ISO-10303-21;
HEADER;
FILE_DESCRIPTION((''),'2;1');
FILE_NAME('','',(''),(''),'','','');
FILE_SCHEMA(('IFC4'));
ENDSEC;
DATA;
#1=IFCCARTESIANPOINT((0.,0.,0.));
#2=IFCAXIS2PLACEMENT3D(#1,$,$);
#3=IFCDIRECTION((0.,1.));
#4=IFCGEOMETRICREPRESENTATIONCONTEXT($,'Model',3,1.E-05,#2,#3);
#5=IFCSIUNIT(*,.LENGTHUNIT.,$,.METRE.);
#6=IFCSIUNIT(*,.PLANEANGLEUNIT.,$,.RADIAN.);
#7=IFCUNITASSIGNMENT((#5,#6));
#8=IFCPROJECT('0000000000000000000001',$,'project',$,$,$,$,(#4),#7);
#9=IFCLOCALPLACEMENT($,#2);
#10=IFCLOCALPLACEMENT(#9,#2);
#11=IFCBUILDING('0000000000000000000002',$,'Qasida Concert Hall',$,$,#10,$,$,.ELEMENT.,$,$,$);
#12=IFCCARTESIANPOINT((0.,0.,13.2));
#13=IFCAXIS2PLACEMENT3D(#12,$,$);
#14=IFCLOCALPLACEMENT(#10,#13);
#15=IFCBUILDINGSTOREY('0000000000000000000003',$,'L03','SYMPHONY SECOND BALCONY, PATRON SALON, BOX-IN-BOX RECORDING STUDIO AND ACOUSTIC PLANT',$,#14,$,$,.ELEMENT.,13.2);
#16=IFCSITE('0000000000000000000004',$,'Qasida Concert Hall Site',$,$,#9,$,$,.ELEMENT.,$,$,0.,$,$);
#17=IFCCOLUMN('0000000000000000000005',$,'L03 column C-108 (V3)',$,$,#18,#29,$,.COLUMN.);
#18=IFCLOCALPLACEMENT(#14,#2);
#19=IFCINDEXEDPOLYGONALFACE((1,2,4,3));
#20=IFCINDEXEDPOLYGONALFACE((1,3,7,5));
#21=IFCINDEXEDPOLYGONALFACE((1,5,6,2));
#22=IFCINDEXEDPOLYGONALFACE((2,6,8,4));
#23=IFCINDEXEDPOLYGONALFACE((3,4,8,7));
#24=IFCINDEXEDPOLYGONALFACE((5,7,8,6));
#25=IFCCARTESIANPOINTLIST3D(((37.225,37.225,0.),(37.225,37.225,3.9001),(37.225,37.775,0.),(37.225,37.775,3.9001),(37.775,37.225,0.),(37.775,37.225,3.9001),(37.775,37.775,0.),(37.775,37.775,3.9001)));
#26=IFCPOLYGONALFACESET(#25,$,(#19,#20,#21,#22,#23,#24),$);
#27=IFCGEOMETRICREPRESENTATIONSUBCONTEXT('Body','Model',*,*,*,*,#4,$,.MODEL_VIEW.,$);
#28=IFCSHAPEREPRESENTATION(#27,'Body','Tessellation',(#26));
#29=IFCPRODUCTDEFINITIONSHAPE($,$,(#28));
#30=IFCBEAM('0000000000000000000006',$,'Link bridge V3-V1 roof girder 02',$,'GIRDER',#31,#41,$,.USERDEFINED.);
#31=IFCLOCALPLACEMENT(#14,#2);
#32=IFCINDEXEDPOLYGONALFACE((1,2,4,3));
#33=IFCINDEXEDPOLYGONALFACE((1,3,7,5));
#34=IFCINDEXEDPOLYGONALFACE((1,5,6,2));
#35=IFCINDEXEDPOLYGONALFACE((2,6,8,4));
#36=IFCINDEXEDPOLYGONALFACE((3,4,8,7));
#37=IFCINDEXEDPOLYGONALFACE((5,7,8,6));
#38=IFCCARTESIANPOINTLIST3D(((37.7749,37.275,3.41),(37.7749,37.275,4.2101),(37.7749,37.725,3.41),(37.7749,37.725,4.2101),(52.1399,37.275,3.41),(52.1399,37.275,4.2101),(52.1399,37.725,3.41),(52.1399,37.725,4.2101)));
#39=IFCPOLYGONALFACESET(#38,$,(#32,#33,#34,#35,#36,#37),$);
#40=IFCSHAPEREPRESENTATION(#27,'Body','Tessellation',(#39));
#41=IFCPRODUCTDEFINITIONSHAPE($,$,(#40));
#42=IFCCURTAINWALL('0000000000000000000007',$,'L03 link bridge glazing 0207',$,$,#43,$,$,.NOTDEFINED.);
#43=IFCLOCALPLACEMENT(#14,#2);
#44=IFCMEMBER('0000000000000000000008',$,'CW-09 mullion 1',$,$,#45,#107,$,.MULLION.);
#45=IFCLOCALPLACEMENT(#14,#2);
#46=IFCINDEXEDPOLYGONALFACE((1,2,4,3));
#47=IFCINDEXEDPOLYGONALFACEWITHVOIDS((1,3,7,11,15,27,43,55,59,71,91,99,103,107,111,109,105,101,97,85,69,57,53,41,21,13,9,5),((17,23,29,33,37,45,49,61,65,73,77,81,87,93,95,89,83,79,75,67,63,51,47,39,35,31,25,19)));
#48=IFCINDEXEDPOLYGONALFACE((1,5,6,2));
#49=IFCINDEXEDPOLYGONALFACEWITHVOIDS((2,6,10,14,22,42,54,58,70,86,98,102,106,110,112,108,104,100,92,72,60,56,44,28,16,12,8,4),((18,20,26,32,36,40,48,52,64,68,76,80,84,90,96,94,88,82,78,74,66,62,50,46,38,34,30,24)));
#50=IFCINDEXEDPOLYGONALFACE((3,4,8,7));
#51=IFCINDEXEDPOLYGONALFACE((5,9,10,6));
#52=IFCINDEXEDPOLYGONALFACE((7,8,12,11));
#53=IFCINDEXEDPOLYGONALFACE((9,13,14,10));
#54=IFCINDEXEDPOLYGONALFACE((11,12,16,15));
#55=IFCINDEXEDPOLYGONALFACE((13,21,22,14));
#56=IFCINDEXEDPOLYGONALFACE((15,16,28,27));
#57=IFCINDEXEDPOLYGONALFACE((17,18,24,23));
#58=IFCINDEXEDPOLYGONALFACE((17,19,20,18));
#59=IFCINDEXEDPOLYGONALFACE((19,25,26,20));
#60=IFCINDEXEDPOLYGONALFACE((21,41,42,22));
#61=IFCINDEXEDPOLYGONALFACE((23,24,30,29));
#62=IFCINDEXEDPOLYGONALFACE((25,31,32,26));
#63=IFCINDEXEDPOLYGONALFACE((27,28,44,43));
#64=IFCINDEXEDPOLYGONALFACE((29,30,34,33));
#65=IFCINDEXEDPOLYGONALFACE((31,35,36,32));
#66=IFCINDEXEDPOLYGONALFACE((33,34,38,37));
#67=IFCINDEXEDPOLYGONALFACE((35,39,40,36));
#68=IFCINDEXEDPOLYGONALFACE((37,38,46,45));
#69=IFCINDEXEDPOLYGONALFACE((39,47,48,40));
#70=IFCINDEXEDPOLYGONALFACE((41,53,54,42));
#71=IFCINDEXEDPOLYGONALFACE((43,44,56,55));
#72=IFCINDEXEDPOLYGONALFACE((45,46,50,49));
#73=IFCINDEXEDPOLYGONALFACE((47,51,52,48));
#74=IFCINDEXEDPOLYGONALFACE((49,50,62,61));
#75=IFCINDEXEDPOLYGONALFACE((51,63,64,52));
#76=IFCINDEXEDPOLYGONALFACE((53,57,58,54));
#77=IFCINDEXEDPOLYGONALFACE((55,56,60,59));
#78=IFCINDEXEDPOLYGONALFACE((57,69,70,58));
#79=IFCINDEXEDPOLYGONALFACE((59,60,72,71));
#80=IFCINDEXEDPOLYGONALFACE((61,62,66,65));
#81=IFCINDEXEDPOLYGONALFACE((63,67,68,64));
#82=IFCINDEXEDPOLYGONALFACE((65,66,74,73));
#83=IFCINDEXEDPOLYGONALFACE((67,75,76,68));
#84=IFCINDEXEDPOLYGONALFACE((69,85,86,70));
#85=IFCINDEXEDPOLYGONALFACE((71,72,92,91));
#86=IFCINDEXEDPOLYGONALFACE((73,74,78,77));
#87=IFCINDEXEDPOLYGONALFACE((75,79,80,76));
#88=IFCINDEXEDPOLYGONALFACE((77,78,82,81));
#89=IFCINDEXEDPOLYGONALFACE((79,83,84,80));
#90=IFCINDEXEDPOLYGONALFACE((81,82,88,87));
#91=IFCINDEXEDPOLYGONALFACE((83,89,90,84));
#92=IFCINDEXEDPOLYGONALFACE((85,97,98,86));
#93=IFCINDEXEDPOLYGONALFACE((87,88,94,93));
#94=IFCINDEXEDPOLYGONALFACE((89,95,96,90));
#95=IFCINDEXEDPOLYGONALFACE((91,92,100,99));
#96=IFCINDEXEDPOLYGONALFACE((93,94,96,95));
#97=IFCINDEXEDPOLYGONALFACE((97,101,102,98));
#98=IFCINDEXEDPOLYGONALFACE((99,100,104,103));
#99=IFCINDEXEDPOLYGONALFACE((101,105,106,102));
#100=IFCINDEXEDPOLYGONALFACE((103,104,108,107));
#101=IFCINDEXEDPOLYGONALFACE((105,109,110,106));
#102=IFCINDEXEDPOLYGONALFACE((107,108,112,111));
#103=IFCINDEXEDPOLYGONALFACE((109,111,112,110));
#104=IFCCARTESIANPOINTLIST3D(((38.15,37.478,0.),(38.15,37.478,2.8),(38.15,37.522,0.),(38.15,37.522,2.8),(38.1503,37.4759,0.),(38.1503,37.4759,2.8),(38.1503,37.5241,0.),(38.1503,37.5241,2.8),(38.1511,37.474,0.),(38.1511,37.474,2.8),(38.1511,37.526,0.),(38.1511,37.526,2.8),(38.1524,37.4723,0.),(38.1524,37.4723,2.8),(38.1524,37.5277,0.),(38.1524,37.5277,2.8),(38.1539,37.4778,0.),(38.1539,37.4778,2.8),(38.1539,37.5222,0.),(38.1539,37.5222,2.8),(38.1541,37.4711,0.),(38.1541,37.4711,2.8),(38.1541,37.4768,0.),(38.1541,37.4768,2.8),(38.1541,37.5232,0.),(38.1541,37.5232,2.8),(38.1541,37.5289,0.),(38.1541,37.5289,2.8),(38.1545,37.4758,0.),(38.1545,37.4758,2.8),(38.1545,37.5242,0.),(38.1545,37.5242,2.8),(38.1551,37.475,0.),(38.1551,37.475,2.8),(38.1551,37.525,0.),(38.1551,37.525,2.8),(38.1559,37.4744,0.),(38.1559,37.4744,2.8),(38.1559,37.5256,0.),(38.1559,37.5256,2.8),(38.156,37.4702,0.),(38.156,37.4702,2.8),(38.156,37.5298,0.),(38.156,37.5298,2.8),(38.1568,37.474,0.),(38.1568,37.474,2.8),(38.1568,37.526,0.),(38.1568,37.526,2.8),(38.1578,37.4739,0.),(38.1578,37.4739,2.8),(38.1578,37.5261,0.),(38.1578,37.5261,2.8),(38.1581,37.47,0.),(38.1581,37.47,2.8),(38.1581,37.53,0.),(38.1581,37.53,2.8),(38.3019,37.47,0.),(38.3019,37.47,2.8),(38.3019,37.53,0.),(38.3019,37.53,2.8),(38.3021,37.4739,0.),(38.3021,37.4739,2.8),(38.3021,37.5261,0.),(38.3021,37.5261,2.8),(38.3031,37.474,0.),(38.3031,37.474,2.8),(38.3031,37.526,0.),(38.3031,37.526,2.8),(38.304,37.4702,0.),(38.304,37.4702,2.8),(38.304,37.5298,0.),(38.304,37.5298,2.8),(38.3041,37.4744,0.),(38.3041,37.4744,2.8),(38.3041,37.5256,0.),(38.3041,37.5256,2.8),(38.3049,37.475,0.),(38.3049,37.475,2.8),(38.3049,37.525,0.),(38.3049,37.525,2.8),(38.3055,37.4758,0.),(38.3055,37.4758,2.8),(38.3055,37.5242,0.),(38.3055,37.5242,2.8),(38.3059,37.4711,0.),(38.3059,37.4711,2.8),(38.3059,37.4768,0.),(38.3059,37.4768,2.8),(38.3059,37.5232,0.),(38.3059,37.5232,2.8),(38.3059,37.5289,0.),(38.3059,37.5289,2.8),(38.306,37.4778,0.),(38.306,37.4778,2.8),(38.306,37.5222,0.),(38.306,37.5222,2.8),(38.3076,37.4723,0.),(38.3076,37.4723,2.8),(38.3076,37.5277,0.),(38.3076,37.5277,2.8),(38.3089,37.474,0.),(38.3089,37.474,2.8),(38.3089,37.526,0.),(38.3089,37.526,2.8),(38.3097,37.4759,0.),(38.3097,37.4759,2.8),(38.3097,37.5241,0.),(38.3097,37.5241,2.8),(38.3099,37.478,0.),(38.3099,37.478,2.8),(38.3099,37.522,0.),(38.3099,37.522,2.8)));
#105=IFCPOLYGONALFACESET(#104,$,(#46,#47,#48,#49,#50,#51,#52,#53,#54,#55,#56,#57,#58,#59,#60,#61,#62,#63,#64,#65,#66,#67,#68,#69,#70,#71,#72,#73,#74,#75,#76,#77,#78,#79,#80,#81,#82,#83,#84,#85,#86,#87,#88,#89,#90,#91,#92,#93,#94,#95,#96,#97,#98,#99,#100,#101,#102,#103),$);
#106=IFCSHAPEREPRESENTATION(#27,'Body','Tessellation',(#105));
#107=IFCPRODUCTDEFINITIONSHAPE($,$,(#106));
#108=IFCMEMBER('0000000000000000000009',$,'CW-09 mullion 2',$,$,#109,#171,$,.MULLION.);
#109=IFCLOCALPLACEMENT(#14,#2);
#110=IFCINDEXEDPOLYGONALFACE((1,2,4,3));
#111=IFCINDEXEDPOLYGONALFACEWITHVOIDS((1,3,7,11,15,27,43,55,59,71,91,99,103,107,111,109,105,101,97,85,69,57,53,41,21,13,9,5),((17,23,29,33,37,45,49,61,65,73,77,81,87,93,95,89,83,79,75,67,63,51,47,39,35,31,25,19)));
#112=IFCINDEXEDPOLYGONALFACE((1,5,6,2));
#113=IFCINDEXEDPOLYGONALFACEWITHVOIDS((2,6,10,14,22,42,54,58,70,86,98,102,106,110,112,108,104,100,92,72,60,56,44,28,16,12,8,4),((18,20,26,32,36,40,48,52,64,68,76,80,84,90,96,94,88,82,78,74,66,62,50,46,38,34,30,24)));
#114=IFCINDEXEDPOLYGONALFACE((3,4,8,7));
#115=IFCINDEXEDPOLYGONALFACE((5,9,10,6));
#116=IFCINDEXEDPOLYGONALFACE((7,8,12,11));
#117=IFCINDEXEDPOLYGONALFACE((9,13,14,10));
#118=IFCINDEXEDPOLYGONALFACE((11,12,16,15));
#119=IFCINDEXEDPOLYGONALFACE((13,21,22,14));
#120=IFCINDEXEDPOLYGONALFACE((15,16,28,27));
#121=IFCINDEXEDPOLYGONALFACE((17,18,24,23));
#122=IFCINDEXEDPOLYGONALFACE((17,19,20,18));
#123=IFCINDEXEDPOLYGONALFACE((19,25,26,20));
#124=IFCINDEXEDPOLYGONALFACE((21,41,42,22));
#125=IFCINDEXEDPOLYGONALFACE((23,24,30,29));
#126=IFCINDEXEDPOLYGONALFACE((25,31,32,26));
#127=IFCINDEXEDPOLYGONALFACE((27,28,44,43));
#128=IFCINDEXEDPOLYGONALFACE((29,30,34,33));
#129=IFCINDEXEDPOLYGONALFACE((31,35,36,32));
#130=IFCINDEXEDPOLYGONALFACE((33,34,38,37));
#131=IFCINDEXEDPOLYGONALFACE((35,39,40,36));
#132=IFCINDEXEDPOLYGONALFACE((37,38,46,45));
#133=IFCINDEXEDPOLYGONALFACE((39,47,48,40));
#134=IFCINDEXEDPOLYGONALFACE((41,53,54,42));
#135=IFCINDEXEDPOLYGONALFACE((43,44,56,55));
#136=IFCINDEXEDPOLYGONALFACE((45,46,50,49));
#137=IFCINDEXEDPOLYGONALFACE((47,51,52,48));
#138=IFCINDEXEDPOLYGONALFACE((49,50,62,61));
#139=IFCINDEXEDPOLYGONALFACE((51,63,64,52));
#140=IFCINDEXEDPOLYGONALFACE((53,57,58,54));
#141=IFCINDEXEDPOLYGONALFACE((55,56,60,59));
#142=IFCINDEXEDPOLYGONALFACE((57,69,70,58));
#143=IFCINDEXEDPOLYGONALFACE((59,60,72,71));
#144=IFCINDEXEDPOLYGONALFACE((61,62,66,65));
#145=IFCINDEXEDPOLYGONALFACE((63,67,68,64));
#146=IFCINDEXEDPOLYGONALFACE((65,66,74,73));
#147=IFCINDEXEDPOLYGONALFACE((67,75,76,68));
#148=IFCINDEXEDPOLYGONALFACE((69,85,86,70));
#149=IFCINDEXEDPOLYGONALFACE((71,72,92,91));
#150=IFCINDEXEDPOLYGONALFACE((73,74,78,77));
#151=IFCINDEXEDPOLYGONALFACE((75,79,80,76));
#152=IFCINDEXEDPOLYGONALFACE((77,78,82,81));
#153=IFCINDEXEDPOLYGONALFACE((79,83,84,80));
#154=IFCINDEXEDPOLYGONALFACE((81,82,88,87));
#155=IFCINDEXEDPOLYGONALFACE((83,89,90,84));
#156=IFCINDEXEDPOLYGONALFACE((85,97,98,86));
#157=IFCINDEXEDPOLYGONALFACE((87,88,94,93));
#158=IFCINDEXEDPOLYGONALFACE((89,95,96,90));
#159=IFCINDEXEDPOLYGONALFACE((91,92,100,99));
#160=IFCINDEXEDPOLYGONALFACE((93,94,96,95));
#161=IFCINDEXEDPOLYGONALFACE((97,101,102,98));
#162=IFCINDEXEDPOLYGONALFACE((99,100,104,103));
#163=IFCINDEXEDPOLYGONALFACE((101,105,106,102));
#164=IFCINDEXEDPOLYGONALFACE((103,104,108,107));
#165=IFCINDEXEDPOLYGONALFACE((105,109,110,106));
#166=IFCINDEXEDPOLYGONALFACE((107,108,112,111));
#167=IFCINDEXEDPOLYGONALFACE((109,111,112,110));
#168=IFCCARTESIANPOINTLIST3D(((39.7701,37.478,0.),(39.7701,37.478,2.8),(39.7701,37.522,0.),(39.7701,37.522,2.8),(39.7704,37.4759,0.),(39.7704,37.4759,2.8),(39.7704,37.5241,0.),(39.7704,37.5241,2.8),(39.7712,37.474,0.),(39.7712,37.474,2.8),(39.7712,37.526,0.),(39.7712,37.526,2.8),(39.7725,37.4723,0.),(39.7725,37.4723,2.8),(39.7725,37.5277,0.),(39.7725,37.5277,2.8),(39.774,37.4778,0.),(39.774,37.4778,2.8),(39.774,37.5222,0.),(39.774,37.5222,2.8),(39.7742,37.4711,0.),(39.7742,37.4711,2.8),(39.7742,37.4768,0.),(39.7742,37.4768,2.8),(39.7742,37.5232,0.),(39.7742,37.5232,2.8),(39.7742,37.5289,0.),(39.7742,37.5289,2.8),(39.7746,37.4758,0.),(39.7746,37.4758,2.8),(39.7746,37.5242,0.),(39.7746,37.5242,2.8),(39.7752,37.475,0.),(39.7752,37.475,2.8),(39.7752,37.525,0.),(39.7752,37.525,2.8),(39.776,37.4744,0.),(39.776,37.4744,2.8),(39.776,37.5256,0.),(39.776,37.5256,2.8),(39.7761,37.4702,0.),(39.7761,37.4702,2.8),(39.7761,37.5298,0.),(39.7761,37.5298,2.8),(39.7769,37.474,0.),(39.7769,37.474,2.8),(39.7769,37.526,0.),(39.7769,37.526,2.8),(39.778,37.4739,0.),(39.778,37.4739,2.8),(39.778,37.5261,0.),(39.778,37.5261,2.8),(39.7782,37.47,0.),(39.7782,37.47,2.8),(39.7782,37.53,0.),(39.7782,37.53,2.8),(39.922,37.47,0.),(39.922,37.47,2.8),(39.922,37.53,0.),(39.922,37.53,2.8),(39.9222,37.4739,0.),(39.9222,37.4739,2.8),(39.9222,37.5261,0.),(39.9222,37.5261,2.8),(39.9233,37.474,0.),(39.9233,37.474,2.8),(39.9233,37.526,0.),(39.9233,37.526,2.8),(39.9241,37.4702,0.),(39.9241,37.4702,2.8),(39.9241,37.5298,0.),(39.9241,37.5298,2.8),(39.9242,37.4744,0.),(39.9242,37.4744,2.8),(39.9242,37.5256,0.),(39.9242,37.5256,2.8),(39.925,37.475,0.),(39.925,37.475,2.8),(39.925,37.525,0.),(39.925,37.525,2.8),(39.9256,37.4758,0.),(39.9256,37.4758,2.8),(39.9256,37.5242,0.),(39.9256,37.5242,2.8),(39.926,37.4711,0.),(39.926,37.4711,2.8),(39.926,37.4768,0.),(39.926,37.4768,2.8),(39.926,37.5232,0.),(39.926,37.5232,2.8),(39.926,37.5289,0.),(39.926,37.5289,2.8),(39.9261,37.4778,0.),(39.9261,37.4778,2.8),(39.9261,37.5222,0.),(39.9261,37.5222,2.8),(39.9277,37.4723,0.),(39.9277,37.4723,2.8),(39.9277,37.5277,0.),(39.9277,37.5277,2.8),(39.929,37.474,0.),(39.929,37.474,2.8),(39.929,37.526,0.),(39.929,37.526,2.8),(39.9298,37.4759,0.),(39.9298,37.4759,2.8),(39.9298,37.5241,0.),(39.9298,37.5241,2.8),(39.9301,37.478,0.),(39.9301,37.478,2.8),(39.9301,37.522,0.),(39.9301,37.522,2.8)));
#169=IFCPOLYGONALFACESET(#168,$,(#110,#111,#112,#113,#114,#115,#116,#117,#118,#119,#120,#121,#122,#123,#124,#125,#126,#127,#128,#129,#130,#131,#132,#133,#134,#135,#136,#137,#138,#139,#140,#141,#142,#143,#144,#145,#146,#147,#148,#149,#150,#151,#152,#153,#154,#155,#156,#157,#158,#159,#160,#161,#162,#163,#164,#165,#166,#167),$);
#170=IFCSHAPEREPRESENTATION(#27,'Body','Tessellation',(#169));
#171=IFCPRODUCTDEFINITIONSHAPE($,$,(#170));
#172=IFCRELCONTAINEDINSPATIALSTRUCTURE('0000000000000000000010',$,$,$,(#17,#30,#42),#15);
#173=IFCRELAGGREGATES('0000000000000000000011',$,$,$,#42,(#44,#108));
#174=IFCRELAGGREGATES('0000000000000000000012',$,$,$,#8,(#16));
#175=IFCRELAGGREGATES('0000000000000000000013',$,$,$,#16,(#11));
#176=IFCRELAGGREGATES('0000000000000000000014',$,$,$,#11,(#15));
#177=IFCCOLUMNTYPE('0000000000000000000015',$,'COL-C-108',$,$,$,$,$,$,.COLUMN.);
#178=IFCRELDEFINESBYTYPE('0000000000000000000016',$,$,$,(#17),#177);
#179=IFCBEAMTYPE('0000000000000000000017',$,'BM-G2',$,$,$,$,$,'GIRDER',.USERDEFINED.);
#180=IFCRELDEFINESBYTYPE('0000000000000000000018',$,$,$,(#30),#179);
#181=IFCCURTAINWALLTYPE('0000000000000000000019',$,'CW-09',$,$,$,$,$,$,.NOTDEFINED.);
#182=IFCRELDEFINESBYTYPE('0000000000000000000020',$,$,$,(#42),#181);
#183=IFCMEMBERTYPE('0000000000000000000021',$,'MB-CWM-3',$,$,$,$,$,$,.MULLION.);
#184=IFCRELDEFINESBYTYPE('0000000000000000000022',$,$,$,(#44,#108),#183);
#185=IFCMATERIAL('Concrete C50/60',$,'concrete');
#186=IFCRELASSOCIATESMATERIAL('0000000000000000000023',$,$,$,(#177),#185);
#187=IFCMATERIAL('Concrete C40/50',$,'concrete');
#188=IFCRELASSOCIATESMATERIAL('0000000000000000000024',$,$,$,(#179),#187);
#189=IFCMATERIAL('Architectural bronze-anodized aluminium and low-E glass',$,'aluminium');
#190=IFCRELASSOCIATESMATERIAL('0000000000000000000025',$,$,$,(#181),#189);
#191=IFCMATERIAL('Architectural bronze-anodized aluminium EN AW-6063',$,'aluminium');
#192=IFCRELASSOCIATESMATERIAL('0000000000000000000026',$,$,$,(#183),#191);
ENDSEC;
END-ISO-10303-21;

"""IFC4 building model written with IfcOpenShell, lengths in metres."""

from ifc_helpers import new_model, si_unit, direction, frame, origin, origin_2d, place, context, subcontext, project, spatial, rectangle, hollow_rectangle, extrude, material, material_profile, profile_set, type_object, element, aggregate, save


model = new_model("IFC4")

# Units and contexts
model_context = context("Model", 3, precision=1e-05, world=origin(), true_north=direction((0.0, 1.0)))
body_context = subcontext(model_context, "Body", "Model", "MODEL_VIEW")
ifc_project = project(units=[si_unit("LENGTHUNIT", "METRE"), si_unit("PLANEANGLEUNIT", "RADIAN")], contexts=[model_context])

# Site, building, storey
site_placement = place(None, origin())
site = spatial("IfcSite", under=ifc_project, at=site_placement, Name="Qasida Concert Hall Site", CompositionType="ELEMENT", RefElevation=0.0)
building_placement = place(site_placement, origin())
building = spatial("IfcBuilding", under=site, at=building_placement, Name="Qasida Concert Hall", CompositionType="ELEMENT")
storey_placement = place(building_placement, frame((0.0, 0.0, 13.2)))
storey = spatial("IfcBuildingStorey", under=building, at=storey_placement, Name="L03", Description="SYMPHONY SECOND BALCONY, PATRON SALON, BOX-IN-BOX RECORDING STUDIO AND ACOUSTIC PLANT", CompositionType="ELEMENT", Elevation=13.2)

# Column
ifc_material_1 = material(Name="Concrete C50/60", Category="concrete")
ifc_material_profile_1 = material_profile(ifc_material_1, rectangle(XDim=0.55, YDim=0.55, at=origin_2d()), Name="RC 550x550")
ifc_profile_set_1 = profile_set([ifc_material_profile_1], Name="Concrete C50/60")
column_type = type_object("IfcColumnType", Name="COL-C-108", PredefinedType="COLUMN", material=ifc_profile_set_1)
column_placement = place(storey_placement, frame((37.5, 37.5, 0.0), z_axis=(0.0, 0.0, 1.0), x_axis=(1.0, 0.0, 0.0)))
element("IfcColumn", 1, at=column_placement, inside=storey, type_object=column_type, Name="L03 column C-108 (V3)", PredefinedType="COLUMN", context=body_context, shape_type="SweptSolid", body=[
    extrude(rectangle(XDim=0.55, YDim=0.55, at=origin_2d()), origin(), (0.0, 0.0, 1.0), 3.9001),
])

# Beam
ifc_material_2 = material(Name="Concrete C40/50", Category="concrete")
ifc_material_profile_2 = material_profile(ifc_material_2, rectangle(XDim=0.45, YDim=0.8, at=origin_2d()), Name="RC 450x800")
ifc_profile_set_2 = profile_set([ifc_material_profile_2], Name="Concrete C40/50")
beam_type = type_object("IfcBeamType", Name="BM-G2", ElementType="GIRDER", PredefinedType="USERDEFINED", material=ifc_profile_set_2)
beam_placement = place(storey_placement, frame((37.7749, 37.5, 3.8101), z_axis=(1.0, 0.0, 0.0), x_axis=(0.0, 1.0, 0.0)))
element("IfcBeam", 2, at=beam_placement, inside=storey, type_object=beam_type, Name="Link bridge V3-V1 roof girder 02", ObjectType="GIRDER", PredefinedType="USERDEFINED", context=body_context, shape_type="SweptSolid", body=[
    extrude(rectangle(XDim=0.45, YDim=0.8, at=origin_2d()), origin(), (0.0, 0.0, 1.0), 14.365),
])

# Curtain wall, members
ifc_material_3 = material(Name="Architectural bronze-anodized aluminium and low-E glass", Category="aluminium")
curtain_wall_type = type_object("IfcCurtainWallType", Name="CW-09", PredefinedType="NOTDEFINED", material=ifc_material_3)
curtain_wall_placement = place(storey_placement, origin())
curtain_wall = element("IfcCurtainWall", 3, at=curtain_wall_placement, inside=storey, type_object=curtain_wall_type, Name="L03 link bridge glazing 0207", PredefinedType="NOTDEFINED")
ifc_material_4 = material(Name="Architectural bronze-anodized aluminium EN AW-6063", Category="aluminium")
ifc_material_profile_3 = material_profile(ifc_material_4, hollow_rectangle(XDim=0.0601, YDim=0.1599, WallThickness=0.0039, InnerFilletRadius=0.0039, OuterFilletRadius=0.0081, at=origin_2d()), Name="CWM 160x60x4")
ifc_profile_set_3 = profile_set([ifc_material_profile_3], Name="Architectural bronze-anodized aluminium EN AW-6063")
member_type_1 = type_object("IfcMemberType", Name="MB-CWM-3", PredefinedType="MULLION", material=ifc_profile_set_3)
member_1_placement = place(storey_placement, frame((38.23, 37.5, 0.0), z_axis=(0.0, 0.0, 1.0), x_axis=(0.0, 1.0, 0.0)))
member_1 = element("IfcMember", 4, at=member_1_placement, type_object=member_type_1, Name="CW-09 mullion 1", PredefinedType="MULLION", context=body_context, shape_type="SweptSolid", body=[
    extrude(hollow_rectangle(XDim=0.0601, YDim=0.1599, WallThickness=0.0039, InnerFilletRadius=0.0039, OuterFilletRadius=0.0081, at=origin_2d()), origin(), (0.0, 0.0, 1.0), 2.8),
])
member_2_placement = place(storey_placement, frame((39.8501, 37.5, 0.0), z_axis=(0.0, 0.0, 1.0), x_axis=(0.0, 1.0, 0.0)))
member_2 = element("IfcMember", 5, at=member_2_placement, type_object=member_type_1, Name="CW-09 mullion 2", PredefinedType="MULLION", context=body_context, shape_type="SweptSolid", body=[
    extrude(hollow_rectangle(XDim=0.0601, YDim=0.1599, WallThickness=0.0039, InnerFilletRadius=0.0039, OuterFilletRadius=0.0081, at=origin_2d()), origin(), (0.0, 0.0, 1.0), 2.8),
])
aggregate(curtain_wall, [member_1, member_2])

save(model, "model.ifc")
